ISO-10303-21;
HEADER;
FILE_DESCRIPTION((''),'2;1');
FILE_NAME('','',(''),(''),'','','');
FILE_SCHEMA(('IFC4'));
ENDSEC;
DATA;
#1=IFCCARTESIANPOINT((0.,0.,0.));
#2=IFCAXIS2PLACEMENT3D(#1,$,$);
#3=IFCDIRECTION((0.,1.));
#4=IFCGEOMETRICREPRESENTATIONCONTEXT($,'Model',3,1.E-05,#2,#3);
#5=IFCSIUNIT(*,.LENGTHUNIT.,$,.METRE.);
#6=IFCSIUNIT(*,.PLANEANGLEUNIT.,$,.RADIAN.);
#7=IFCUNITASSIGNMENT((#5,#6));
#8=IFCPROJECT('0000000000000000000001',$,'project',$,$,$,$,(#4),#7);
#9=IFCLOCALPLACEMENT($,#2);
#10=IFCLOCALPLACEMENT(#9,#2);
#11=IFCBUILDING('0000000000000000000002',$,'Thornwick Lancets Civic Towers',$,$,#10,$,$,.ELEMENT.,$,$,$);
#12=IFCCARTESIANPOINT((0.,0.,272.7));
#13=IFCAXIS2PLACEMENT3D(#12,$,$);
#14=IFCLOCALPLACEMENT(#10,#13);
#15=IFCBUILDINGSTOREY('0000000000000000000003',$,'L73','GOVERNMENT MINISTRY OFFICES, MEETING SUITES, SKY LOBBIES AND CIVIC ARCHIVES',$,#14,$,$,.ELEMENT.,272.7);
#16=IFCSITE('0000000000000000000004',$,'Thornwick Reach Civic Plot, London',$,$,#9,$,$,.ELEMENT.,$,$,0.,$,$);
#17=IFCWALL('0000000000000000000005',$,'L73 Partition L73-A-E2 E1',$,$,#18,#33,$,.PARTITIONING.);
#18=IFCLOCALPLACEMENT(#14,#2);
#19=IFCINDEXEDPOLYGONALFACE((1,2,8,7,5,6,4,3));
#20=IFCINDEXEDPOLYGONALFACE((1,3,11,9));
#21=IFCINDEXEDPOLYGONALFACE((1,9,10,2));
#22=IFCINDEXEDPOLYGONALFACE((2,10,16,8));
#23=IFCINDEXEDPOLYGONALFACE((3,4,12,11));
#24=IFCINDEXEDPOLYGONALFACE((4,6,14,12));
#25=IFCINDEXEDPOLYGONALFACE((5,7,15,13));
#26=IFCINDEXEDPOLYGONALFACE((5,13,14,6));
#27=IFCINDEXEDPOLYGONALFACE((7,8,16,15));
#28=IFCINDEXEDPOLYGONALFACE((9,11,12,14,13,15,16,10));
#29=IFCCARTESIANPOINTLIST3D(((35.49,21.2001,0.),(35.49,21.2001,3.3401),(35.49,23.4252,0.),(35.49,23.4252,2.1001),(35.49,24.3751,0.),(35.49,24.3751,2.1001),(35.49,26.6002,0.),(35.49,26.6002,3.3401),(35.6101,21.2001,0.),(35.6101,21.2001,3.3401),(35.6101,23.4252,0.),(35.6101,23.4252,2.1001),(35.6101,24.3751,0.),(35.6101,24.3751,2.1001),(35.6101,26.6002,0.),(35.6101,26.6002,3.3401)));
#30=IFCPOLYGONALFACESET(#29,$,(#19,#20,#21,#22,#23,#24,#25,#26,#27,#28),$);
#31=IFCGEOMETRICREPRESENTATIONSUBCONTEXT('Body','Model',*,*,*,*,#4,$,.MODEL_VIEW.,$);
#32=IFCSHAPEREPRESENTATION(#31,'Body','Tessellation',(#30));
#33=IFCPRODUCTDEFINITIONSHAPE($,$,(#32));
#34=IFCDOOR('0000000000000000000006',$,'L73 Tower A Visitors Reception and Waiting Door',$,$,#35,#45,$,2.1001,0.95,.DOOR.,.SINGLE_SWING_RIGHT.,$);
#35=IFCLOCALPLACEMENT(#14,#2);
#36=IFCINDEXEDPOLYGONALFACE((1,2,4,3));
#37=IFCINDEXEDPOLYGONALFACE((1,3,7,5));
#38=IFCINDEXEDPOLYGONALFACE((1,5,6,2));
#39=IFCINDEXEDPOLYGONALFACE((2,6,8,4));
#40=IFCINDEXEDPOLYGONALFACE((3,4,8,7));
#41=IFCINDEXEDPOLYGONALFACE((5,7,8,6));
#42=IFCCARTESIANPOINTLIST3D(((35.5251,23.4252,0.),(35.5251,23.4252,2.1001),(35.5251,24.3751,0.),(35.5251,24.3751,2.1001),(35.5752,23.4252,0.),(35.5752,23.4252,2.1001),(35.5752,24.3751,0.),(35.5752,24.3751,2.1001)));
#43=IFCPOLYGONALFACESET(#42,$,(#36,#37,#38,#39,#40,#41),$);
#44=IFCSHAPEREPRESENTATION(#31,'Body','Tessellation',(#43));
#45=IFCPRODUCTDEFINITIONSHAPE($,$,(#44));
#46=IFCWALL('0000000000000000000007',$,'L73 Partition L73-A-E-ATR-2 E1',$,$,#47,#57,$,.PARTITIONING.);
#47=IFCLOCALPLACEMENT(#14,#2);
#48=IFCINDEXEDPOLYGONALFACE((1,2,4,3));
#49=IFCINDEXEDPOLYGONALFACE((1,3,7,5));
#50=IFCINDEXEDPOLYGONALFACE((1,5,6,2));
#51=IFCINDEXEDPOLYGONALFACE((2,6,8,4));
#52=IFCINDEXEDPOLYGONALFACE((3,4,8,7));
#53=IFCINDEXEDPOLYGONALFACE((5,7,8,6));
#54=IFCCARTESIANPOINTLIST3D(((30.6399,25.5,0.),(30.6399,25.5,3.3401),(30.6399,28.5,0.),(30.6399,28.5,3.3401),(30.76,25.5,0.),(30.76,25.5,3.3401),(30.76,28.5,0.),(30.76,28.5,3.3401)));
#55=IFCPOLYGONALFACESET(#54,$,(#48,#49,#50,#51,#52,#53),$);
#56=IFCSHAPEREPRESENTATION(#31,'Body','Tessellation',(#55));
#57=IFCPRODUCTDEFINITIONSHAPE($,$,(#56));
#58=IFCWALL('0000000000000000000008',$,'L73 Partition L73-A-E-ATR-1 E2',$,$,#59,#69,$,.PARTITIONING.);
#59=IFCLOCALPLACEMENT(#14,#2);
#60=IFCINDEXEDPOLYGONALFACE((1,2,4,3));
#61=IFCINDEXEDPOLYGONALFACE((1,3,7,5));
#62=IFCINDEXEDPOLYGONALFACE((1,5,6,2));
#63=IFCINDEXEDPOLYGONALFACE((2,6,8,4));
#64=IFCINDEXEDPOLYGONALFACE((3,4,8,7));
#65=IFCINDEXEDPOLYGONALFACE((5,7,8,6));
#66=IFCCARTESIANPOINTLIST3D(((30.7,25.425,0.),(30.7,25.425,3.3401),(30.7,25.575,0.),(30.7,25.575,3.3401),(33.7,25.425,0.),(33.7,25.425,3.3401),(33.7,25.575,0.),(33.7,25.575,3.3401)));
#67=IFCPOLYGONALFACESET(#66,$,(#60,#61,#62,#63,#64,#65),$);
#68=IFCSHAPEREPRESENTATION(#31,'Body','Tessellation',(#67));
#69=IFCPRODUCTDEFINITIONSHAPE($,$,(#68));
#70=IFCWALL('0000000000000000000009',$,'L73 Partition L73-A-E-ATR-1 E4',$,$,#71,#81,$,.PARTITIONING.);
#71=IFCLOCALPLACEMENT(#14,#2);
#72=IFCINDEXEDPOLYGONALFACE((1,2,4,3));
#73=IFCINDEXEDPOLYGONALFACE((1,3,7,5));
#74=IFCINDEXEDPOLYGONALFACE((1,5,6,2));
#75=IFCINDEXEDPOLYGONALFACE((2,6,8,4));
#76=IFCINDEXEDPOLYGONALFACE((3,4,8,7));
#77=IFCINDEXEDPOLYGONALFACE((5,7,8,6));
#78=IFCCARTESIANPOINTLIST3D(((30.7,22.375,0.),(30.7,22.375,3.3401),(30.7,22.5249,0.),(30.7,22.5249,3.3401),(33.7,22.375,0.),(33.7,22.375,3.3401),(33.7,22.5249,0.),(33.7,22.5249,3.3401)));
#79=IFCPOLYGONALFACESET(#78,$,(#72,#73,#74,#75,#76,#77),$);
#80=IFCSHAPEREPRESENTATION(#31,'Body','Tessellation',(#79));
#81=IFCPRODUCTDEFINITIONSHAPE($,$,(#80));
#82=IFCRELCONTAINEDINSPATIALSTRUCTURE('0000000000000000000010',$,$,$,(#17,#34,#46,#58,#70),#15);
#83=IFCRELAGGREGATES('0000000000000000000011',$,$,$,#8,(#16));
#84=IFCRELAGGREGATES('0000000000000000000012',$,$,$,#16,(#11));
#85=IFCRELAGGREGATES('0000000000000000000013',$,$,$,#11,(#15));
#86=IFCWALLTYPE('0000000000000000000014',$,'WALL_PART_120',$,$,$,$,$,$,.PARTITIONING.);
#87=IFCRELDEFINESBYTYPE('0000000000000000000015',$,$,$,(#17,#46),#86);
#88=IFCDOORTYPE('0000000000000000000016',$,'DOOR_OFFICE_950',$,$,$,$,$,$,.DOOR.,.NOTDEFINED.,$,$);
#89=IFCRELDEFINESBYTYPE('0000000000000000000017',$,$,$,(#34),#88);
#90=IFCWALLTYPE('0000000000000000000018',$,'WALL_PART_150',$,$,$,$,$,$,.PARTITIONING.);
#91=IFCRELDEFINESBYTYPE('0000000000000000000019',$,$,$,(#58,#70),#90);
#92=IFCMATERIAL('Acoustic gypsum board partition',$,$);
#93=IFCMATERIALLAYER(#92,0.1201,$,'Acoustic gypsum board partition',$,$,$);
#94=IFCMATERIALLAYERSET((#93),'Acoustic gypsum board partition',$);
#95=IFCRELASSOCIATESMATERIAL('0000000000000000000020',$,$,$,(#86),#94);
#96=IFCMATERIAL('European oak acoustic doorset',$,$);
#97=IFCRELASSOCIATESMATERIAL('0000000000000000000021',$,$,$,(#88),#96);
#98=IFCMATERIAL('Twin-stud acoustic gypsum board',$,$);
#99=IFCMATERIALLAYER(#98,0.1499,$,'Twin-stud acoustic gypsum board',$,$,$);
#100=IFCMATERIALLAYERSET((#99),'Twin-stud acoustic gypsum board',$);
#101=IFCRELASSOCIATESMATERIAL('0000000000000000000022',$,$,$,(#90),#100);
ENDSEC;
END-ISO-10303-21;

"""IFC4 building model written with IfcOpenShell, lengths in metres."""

from ifc_helpers import new_model, si_unit, direction, frame, frame_2d, origin, place, context, subcontext, project, spatial, rectangle, extrude, material, layer, layer_set, type_object, element, fill, save


model = new_model("IFC4")

# Units and contexts
model_context = context("Model", 3, precision=1e-05, world=origin(), true_north=direction((0.0, 1.0)))
body_context = subcontext(model_context, "Body", "Model", "MODEL_VIEW")
ifc_project = project(units=[si_unit("LENGTHUNIT", "METRE"), si_unit("PLANEANGLEUNIT", "RADIAN")], contexts=[model_context])

# Site, building, storey
site_placement = place(None, origin())
site = spatial("IfcSite", under=ifc_project, at=site_placement, Name="Thornwick Reach Civic Plot, London", CompositionType="ELEMENT", RefElevation=0.0)
building_placement = place(site_placement, origin())
building = spatial("IfcBuilding", under=site, at=building_placement, Name="Thornwick Lancets Civic Towers", CompositionType="ELEMENT")
storey_placement = place(building_placement, frame((0.0, 0.0, 272.7)))
storey = spatial("IfcBuildingStorey", under=building, at=storey_placement, Name="L73", Description="GOVERNMENT MINISTRY OFFICES, MEETING SUITES, SKY LOBBIES AND CIVIC ARCHIVES", CompositionType="ELEMENT", Elevation=272.7)

# Shared definitions
ifc_material_1 = material(Name="Acoustic gypsum board partition")
ifc_layer_1 = layer(ifc_material_1, 0.1201, Name="Acoustic gypsum board partition")
ifc_layer_set_1 = layer_set([ifc_layer_1], Name="Acoustic gypsum board partition")
wall_type_1 = type_object("IfcWallType", Name="WALL_PART_120", PredefinedType="PARTITIONING", material=ifc_layer_set_1)

# Shared definitions
ifc_material_2 = material(Name="European oak acoustic doorset")
door_type_1 = type_object("IfcDoorType", Name="DOOR_OFFICE_950", OperationType="NOTDEFINED", PredefinedType="DOOR", material=ifc_material_2)

# Wall, opening, door
wall_1_placement = place(storey_placement, frame((35.55, 21.2, 0.0), z_axis=(0.0, 0.0, 1.0), x_axis=(0.0, 1.0, 0.0)))
wall_1 = element("IfcWall", 1, at=wall_1_placement, inside=storey, type_object=wall_type_1, Name="L73 Partition L73-A-E2 E1", PredefinedType="PARTITIONING", context=body_context, shape_type="SweptSolid", body=[
    extrude(rectangle(XDim=5.4001, YDim=0.1201, at=frame_2d((2.7002, 0.0))), origin(), (0.0, 0.0, 1.0), 3.3401),
])
opening_1_placement = place(wall_1_placement, frame((2.2251, 0.0, 0.0)))
opening_1 = element("IfcOpeningElement", 2, at=opening_1_placement, cuts=wall_1, PredefinedType="OPENING", context=body_context, shape_type="SweptSolid", body=[
    extrude(rectangle(XDim=0.95, YDim=2.1001, at=frame_2d((0.4751, 1.05))), frame((0.0, 0.0701, 0.0), z_axis=(0.0, -1.0, 0.0), x_axis=(1.0, 0.0, 0.0)), (0.0, 0.0, 1.0), 0.1401),
])
door_1_placement = place(opening_1_placement, origin())
door_1 = element("IfcDoor", 3, at=door_1_placement, inside=storey, type_object=door_type_1, Name="L73 Tower A Visitors Reception and Waiting Door", OperationType="SINGLE_SWING_RIGHT", OverallHeight=2.1001, OverallWidth=0.95, PredefinedType="DOOR", context=body_context, shape_type="SweptSolid", body=[
    extrude(rectangle(XDim=0.95, YDim=2.1001, at=frame_2d((0.4751, 1.05))), frame((0.0, 0.0249, 0.0), z_axis=(0.0, -1.0, 0.0), x_axis=(1.0, 0.0, 0.0)), (0.0, 0.0, 1.0), 0.05),
])
fill(opening_1, door_1)

# Walls
wall_2_placement = place(storey_placement, frame((30.7, 25.5, 0.0), z_axis=(0.0, 0.0, 1.0), x_axis=(0.0, 1.0, 0.0)))
element("IfcWall", 4, at=wall_2_placement, inside=storey, type_object=wall_type_1, Name="L73 Partition L73-A-E-ATR-2 E1", PredefinedType="PARTITIONING", context=body_context, shape_type="SweptSolid", body=[
    extrude(rectangle(XDim=3.0, YDim=0.1201, at=frame_2d((1.5, 0.0))), origin(), (0.0, 0.0, 1.0), 3.3401),
])
ifc_material_3 = material(Name="Twin-stud acoustic gypsum board")
ifc_layer_2 = layer(ifc_material_3, 0.1499, Name="Twin-stud acoustic gypsum board")
ifc_layer_set_2 = layer_set([ifc_layer_2], Name="Twin-stud acoustic gypsum board")
wall_type_2 = type_object("IfcWallType", Name="WALL_PART_150", PredefinedType="PARTITIONING", material=ifc_layer_set_2)
wall_3_placement = place(storey_placement, frame((30.7, 25.5, 0.0), z_axis=(0.0, 0.0, 1.0), x_axis=(1.0, 0.0, 0.0)))
element("IfcWall", 5, at=wall_3_placement, inside=storey, type_object=wall_type_2, Name="L73 Partition L73-A-E-ATR-1 E2", PredefinedType="PARTITIONING", context=body_context, shape_type="SweptSolid", body=[
    extrude(rectangle(XDim=3.0, YDim=0.1499, at=frame_2d((1.5, 0.0))), origin(), (0.0, 0.0, 1.0), 3.3401),
])

# Wall
wall_4_placement = place(storey_placement, frame((33.7, 22.45, 0.0), z_axis=(0.0, 0.0, 1.0), x_axis=(-1.0, 0.0, 0.0)))
element("IfcWall", 6, at=wall_4_placement, inside=storey, type_object=wall_type_2, Name="L73 Partition L73-A-E-ATR-1 E4", PredefinedType="PARTITIONING", context=body_context, shape_type="SweptSolid", body=[
    extrude(rectangle(XDim=3.0, YDim=0.1499, at=frame_2d((1.5, 0.0))), origin(), (0.0, 0.0, 1.0), 3.3401),
])

save(model, "model.ifc")
